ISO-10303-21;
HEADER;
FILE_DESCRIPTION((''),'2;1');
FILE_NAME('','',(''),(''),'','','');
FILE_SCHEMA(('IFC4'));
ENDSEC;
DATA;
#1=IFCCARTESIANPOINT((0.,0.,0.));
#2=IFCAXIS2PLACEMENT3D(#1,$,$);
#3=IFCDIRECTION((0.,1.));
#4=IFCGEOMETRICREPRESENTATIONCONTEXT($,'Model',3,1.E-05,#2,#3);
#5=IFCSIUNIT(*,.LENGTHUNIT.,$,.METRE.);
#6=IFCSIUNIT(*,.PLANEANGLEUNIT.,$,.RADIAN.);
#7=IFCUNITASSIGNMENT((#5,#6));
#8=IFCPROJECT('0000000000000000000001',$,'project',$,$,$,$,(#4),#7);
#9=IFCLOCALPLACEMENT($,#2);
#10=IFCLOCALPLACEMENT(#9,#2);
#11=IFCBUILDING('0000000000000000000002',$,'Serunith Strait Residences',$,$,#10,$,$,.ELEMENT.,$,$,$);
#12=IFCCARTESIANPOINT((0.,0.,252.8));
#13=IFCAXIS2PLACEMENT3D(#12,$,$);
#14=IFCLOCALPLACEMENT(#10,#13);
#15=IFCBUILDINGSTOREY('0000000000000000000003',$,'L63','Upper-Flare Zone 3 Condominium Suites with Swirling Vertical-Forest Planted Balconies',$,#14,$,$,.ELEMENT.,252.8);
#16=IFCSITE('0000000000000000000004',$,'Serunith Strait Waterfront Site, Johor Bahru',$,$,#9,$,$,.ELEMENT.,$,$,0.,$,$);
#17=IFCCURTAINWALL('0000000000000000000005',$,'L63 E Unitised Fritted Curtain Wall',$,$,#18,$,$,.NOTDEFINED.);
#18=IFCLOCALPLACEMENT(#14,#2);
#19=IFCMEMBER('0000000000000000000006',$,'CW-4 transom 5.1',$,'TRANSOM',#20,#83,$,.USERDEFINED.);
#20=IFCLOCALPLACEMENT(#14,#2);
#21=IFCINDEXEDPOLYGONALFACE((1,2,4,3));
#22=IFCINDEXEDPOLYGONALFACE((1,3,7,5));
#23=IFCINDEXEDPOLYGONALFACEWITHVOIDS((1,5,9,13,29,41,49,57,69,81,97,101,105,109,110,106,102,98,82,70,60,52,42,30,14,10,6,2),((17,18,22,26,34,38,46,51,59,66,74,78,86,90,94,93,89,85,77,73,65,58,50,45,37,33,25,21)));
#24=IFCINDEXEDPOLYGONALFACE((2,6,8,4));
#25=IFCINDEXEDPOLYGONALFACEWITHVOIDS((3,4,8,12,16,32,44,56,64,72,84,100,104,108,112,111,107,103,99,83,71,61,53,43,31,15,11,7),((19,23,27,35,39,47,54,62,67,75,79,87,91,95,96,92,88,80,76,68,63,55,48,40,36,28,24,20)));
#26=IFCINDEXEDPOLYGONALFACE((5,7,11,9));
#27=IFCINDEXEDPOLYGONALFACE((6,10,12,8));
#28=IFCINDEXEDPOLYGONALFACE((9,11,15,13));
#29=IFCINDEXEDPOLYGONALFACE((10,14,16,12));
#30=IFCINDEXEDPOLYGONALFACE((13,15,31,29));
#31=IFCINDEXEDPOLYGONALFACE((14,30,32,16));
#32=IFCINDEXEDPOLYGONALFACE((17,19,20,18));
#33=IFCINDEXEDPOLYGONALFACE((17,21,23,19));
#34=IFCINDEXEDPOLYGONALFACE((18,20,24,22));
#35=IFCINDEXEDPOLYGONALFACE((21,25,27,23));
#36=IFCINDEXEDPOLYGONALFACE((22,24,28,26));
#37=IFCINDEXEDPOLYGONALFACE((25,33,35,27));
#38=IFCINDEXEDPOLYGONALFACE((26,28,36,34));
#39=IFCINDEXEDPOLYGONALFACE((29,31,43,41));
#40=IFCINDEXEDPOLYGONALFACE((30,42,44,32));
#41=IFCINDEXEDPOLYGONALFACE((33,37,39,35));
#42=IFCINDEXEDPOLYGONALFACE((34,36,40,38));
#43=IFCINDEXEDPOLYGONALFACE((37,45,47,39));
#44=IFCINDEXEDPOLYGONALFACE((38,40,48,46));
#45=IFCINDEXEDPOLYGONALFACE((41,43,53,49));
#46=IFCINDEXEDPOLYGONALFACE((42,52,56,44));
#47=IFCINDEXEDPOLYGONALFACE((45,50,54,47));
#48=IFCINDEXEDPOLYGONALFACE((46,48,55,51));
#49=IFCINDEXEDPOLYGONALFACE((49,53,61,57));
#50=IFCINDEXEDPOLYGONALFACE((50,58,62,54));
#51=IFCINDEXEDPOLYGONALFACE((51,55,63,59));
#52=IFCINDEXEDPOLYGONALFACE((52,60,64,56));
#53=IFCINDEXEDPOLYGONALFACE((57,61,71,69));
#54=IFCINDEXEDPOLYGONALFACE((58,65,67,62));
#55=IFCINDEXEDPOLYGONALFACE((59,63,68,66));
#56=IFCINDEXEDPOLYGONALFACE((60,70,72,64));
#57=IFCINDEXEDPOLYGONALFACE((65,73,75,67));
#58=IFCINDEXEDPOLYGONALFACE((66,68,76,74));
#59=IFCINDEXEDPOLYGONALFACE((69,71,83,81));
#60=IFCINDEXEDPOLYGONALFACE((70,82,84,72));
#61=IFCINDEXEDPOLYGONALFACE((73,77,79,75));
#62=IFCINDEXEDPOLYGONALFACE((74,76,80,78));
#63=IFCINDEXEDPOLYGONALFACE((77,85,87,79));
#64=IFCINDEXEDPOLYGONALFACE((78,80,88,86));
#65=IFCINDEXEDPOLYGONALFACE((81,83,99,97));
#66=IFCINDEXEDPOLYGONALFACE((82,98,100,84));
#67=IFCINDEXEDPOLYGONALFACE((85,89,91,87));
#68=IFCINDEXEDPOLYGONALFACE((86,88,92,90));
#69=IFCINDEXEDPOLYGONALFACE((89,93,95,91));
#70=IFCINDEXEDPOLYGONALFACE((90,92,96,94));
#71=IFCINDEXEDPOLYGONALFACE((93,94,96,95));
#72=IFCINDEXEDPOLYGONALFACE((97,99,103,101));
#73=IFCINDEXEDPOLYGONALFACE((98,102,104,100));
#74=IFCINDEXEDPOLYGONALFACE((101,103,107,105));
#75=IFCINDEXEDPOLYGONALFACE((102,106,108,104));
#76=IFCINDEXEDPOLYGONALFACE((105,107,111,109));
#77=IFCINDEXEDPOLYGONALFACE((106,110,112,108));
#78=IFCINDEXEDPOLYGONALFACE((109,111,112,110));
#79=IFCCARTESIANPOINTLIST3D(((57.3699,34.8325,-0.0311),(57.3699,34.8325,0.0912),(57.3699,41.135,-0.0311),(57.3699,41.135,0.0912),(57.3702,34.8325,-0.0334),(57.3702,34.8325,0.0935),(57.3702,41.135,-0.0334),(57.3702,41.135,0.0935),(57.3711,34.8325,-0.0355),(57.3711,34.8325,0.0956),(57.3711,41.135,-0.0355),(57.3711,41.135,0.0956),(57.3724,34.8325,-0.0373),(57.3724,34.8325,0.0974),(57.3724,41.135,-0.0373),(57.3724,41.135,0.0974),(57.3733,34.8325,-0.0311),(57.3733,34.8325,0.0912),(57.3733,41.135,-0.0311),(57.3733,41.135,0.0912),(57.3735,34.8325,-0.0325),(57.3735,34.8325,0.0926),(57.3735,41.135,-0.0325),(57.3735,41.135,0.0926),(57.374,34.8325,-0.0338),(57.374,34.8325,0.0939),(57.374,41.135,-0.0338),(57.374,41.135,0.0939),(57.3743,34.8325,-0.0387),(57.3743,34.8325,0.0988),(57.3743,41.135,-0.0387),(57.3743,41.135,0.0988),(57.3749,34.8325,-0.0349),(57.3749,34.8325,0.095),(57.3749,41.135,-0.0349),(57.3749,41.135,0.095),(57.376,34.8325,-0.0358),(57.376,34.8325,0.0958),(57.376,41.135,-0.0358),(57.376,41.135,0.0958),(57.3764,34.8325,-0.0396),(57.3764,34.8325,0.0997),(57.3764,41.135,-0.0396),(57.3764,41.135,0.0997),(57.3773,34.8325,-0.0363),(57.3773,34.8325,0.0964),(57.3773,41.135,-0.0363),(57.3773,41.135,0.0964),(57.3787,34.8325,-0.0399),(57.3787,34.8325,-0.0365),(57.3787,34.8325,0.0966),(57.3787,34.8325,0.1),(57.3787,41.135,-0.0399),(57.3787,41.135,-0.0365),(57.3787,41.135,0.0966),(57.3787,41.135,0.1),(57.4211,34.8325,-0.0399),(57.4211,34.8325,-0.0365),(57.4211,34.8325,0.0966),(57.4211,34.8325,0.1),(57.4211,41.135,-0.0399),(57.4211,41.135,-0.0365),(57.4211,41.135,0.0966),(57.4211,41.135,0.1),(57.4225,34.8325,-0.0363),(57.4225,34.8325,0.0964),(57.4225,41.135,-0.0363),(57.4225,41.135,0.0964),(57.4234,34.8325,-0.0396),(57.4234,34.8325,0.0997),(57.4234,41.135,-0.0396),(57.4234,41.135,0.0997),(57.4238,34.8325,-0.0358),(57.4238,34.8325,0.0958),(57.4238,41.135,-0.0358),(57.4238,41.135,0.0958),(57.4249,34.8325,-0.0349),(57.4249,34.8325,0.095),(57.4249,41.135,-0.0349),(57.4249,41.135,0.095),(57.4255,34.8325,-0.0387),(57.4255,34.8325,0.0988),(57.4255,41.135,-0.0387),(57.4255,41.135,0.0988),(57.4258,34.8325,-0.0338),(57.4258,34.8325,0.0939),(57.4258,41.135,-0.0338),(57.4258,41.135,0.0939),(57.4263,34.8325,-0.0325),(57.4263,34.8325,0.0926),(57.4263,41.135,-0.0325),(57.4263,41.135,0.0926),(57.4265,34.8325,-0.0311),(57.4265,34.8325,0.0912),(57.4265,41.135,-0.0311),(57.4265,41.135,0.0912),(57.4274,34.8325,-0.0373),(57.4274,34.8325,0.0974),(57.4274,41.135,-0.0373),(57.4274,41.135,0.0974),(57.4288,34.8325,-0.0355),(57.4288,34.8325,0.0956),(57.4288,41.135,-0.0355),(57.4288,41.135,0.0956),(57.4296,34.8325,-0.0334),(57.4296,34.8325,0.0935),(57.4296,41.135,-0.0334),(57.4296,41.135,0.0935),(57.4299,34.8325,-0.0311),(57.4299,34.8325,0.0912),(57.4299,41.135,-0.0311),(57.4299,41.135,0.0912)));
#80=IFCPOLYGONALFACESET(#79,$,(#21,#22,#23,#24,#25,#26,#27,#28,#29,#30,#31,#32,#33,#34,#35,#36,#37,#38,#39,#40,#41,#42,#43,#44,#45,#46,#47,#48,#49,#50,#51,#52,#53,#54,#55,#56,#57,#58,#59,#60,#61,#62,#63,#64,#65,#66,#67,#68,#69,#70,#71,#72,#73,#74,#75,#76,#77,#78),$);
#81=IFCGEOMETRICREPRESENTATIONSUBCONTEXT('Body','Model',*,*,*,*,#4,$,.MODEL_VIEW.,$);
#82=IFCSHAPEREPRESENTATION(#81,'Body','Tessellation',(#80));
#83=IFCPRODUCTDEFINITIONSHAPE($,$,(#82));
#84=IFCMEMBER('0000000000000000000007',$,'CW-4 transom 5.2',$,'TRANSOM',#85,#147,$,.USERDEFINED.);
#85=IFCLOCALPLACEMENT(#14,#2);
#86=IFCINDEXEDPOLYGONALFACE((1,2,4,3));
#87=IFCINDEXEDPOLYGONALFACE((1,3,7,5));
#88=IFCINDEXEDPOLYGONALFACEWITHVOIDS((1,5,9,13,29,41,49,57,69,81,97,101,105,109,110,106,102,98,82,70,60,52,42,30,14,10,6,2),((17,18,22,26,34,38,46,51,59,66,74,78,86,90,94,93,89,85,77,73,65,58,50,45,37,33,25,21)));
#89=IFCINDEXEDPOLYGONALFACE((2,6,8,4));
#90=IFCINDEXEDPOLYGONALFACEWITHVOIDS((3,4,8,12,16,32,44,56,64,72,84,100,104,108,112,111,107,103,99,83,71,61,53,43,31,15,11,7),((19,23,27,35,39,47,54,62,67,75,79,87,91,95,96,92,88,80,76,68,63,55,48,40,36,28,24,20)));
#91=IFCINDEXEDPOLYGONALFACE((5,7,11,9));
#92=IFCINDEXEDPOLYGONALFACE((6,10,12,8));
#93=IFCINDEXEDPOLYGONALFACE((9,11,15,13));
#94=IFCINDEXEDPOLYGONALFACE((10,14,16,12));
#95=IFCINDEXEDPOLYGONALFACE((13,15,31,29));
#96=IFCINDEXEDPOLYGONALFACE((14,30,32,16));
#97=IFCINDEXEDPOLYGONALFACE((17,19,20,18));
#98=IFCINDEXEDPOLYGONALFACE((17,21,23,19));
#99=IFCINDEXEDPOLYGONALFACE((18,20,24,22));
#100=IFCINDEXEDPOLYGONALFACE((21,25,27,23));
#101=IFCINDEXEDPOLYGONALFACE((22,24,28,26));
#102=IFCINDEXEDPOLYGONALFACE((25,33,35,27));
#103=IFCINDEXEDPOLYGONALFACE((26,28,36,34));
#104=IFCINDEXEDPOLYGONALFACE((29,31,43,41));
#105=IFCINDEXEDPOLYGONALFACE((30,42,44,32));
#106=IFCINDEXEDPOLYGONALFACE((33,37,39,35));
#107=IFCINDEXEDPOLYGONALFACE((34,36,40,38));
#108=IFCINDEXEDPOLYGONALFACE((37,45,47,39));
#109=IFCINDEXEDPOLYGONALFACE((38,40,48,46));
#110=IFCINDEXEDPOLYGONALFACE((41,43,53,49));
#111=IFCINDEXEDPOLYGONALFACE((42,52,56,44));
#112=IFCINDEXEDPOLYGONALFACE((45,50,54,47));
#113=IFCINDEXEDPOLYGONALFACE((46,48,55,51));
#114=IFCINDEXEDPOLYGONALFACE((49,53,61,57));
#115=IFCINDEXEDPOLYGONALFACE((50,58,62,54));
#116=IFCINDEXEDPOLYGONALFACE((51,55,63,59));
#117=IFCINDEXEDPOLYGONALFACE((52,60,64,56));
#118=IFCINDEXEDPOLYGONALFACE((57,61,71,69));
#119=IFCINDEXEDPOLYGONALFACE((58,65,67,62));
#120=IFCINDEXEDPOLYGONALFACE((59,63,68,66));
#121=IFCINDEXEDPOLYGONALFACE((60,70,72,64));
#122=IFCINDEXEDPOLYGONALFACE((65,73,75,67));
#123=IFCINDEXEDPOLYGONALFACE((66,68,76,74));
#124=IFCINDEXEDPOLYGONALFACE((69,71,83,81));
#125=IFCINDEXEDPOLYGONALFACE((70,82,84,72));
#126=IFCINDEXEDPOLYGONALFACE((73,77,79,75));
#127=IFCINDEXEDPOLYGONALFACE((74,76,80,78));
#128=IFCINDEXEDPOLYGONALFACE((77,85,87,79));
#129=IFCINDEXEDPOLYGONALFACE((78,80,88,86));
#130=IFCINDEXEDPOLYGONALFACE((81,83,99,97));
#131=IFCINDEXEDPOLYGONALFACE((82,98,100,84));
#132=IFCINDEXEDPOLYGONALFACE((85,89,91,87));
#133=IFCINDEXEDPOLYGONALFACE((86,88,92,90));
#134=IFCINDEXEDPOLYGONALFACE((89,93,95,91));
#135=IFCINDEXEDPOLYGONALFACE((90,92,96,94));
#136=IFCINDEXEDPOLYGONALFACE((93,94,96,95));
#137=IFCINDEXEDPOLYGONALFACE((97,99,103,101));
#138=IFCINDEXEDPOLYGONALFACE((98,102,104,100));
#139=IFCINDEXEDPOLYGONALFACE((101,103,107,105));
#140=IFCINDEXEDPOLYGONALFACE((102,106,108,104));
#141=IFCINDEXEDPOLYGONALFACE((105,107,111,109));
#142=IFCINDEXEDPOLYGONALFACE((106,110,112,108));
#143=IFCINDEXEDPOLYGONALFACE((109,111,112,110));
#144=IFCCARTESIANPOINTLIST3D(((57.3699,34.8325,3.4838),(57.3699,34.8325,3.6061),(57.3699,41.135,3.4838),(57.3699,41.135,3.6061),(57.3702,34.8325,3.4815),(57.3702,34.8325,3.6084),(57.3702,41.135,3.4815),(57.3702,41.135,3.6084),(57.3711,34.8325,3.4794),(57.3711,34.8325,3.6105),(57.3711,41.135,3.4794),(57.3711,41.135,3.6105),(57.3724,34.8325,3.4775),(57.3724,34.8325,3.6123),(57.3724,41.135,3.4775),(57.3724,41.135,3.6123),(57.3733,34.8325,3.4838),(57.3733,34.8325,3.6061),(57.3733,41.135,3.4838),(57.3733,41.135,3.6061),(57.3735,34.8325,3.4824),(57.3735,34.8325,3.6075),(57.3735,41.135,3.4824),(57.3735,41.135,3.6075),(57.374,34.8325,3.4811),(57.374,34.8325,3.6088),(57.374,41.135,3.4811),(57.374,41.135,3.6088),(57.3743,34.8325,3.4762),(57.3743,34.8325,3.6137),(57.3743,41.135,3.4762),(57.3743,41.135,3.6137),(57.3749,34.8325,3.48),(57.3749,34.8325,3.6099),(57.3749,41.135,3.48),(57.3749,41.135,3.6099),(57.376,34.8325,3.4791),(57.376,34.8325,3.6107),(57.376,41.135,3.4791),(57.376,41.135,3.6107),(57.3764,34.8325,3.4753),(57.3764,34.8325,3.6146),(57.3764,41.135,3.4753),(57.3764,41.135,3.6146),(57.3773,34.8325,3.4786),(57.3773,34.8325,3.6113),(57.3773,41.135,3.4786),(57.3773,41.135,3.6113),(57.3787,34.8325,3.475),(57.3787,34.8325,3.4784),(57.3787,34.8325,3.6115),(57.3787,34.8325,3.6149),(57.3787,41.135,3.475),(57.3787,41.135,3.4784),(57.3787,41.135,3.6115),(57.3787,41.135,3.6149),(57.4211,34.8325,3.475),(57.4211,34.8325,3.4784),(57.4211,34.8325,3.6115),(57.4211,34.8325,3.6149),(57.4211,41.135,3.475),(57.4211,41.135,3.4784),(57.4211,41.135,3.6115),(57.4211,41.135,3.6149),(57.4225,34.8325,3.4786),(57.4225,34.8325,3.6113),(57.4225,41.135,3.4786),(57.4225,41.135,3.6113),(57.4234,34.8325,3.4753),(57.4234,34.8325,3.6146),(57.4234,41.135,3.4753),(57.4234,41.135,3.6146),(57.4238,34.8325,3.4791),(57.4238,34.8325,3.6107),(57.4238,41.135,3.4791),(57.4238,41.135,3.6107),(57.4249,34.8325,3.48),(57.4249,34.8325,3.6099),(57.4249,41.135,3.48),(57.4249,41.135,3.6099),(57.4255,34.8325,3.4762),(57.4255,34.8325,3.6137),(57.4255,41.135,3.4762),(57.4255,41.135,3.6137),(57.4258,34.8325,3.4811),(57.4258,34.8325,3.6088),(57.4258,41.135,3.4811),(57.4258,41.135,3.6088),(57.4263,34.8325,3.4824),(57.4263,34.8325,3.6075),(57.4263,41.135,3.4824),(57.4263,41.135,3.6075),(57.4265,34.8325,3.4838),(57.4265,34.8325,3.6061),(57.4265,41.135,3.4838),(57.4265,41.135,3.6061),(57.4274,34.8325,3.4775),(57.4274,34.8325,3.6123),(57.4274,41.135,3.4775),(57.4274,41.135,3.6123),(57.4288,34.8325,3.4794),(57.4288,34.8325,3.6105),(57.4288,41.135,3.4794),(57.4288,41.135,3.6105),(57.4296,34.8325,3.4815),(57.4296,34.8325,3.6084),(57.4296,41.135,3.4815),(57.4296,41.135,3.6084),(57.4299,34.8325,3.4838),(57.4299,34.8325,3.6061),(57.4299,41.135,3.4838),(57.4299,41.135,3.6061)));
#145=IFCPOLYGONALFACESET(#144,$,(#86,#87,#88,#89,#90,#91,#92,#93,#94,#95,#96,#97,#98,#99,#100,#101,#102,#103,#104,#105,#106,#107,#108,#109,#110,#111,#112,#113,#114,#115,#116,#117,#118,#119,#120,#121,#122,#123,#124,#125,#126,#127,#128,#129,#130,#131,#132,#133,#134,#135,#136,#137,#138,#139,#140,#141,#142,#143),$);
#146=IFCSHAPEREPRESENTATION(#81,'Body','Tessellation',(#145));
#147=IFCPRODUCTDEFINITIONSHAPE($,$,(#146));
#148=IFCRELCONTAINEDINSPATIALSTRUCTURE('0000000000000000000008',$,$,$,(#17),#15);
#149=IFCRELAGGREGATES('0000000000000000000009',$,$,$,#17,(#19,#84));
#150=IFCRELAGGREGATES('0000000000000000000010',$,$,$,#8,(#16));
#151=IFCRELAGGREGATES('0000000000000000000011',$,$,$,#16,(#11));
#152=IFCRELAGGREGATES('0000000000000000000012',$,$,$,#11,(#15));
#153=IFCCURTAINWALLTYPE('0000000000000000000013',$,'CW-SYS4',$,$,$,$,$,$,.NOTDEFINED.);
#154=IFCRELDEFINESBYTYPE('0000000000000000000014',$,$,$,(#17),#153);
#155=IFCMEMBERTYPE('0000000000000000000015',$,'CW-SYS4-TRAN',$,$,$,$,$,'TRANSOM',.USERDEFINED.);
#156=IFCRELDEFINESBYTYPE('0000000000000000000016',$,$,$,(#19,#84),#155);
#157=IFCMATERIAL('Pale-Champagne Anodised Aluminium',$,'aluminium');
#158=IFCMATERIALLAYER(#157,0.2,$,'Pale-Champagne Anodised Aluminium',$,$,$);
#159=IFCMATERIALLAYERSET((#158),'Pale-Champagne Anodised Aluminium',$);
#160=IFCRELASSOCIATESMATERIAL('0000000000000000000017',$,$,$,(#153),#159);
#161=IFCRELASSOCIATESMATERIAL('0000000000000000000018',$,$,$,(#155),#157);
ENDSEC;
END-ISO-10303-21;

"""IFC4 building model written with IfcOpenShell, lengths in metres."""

from ifc_helpers import new_model, si_unit, direction, frame, origin, origin_2d, place, context, subcontext, project, spatial, hollow_rectangle, extrude, source, transform, mapped, material, layer, layer_set, material_profile, profile_set, type_object, element, aggregate, save


model = new_model("IFC4")

# Units and contexts
model_context = context("Model", 3, precision=1e-05, world=origin(), true_north=direction((0.0, 1.0)))
body_context = subcontext(model_context, "Body", "Model", "MODEL_VIEW")
ifc_project = project(units=[si_unit("LENGTHUNIT", "METRE"), si_unit("PLANEANGLEUNIT", "RADIAN")], contexts=[model_context])

# Site, building, storey
site_placement = place(None, origin())
site = spatial("IfcSite", under=ifc_project, at=site_placement, Name="Serunith Strait Waterfront Site, Johor Bahru", CompositionType="ELEMENT", RefElevation=0.0)
building_placement = place(site_placement, origin())
building = spatial("IfcBuilding", under=site, at=building_placement, Name="Serunith Strait Residences", CompositionType="ELEMENT")
storey_placement = place(building_placement, frame((0.0, 0.0, 252.8)))
storey = spatial("IfcBuildingStorey", under=building, at=storey_placement, Name="L63", Description="Upper-Flare Zone 3 Condominium Suites with Swirling Vertical-Forest Planted Balconies", CompositionType="ELEMENT", Elevation=252.8)

# Curtain wall, members
ifc_material_1 = material(Name="Pale-Champagne Anodised Aluminium", Category="aluminium")
ifc_layer_1 = layer(ifc_material_1, 0.2, Name="Pale-Champagne Anodised Aluminium")
ifc_layer_set_1 = layer_set([ifc_layer_1], Name="Pale-Champagne Anodised Aluminium")
curtain_wall_type = type_object("IfcCurtainWallType", Name="CW-SYS4", PredefinedType="NOTDEFINED", material=ifc_layer_set_1)
curtain_wall_placement = place(storey_placement, origin())
curtain_wall = element("IfcCurtainWall", 1, at=curtain_wall_placement, inside=storey, type_object=curtain_wall_type, Name="L63 E Unitised Fritted Curtain Wall", PredefinedType="NOTDEFINED")
ifc_material_profile_1 = material_profile(ifc_material_1, hollow_rectangle(XDim=0.0601, YDim=0.1399, WallThickness=0.0034, InnerFilletRadius=0.0054, OuterFilletRadius=0.0088, at=origin_2d()), Name="ALU 140x60x3.5")
ifc_profile_set_1 = profile_set([ifc_material_profile_1], Name="Pale-Champagne Anodised Aluminium")
member_type_1 = type_object("IfcMemberType", Name="CW-SYS4-TRAN", ElementType="TRANSOM", PredefinedType="USERDEFINED", material=ifc_profile_set_1)
shared_shape_1 = source(origin(), body_context, "Body", "SweptSolid", [
    extrude(hollow_rectangle(XDim=0.0601, YDim=0.1399, WallThickness=0.0034, InnerFilletRadius=0.0054, OuterFilletRadius=0.0088, at=origin_2d()), origin(), (0.0, 0.0, 1.0), 6.3025),
])
member_1_placement = place(storey_placement, frame((57.3999, 34.8325, 0.03), z_axis=(0.0, 1.0, 0.0), x_axis=(-1.0, 0.0, 0.0)))
member_1 = element("IfcMember", 2, at=member_1_placement, type_object=member_type_1, Name="CW-4 transom 5.1", ObjectType="TRANSOM", PredefinedType="USERDEFINED", context=body_context, shape_type="MappedRepresentation", body=[
    mapped(shared_shape_1, transform((0.0, 0.0, 0.0), scale=1.0)),
])
member_2_placement = place(storey_placement, frame((57.3999, 34.8325, 3.5449), z_axis=(0.0, 1.0, 0.0), x_axis=(-1.0, 0.0, 0.0)))
member_2 = element("IfcMember", 3, at=member_2_placement, type_object=member_type_1, Name="CW-4 transom 5.2", ObjectType="TRANSOM", PredefinedType="USERDEFINED", context=body_context, shape_type="MappedRepresentation", body=[
    mapped(shared_shape_1, transform((0.0, 0.0, 0.0), scale=1.0)),
])
aggregate(curtain_wall, [member_1, member_2])

save(model, "model.ifc")
